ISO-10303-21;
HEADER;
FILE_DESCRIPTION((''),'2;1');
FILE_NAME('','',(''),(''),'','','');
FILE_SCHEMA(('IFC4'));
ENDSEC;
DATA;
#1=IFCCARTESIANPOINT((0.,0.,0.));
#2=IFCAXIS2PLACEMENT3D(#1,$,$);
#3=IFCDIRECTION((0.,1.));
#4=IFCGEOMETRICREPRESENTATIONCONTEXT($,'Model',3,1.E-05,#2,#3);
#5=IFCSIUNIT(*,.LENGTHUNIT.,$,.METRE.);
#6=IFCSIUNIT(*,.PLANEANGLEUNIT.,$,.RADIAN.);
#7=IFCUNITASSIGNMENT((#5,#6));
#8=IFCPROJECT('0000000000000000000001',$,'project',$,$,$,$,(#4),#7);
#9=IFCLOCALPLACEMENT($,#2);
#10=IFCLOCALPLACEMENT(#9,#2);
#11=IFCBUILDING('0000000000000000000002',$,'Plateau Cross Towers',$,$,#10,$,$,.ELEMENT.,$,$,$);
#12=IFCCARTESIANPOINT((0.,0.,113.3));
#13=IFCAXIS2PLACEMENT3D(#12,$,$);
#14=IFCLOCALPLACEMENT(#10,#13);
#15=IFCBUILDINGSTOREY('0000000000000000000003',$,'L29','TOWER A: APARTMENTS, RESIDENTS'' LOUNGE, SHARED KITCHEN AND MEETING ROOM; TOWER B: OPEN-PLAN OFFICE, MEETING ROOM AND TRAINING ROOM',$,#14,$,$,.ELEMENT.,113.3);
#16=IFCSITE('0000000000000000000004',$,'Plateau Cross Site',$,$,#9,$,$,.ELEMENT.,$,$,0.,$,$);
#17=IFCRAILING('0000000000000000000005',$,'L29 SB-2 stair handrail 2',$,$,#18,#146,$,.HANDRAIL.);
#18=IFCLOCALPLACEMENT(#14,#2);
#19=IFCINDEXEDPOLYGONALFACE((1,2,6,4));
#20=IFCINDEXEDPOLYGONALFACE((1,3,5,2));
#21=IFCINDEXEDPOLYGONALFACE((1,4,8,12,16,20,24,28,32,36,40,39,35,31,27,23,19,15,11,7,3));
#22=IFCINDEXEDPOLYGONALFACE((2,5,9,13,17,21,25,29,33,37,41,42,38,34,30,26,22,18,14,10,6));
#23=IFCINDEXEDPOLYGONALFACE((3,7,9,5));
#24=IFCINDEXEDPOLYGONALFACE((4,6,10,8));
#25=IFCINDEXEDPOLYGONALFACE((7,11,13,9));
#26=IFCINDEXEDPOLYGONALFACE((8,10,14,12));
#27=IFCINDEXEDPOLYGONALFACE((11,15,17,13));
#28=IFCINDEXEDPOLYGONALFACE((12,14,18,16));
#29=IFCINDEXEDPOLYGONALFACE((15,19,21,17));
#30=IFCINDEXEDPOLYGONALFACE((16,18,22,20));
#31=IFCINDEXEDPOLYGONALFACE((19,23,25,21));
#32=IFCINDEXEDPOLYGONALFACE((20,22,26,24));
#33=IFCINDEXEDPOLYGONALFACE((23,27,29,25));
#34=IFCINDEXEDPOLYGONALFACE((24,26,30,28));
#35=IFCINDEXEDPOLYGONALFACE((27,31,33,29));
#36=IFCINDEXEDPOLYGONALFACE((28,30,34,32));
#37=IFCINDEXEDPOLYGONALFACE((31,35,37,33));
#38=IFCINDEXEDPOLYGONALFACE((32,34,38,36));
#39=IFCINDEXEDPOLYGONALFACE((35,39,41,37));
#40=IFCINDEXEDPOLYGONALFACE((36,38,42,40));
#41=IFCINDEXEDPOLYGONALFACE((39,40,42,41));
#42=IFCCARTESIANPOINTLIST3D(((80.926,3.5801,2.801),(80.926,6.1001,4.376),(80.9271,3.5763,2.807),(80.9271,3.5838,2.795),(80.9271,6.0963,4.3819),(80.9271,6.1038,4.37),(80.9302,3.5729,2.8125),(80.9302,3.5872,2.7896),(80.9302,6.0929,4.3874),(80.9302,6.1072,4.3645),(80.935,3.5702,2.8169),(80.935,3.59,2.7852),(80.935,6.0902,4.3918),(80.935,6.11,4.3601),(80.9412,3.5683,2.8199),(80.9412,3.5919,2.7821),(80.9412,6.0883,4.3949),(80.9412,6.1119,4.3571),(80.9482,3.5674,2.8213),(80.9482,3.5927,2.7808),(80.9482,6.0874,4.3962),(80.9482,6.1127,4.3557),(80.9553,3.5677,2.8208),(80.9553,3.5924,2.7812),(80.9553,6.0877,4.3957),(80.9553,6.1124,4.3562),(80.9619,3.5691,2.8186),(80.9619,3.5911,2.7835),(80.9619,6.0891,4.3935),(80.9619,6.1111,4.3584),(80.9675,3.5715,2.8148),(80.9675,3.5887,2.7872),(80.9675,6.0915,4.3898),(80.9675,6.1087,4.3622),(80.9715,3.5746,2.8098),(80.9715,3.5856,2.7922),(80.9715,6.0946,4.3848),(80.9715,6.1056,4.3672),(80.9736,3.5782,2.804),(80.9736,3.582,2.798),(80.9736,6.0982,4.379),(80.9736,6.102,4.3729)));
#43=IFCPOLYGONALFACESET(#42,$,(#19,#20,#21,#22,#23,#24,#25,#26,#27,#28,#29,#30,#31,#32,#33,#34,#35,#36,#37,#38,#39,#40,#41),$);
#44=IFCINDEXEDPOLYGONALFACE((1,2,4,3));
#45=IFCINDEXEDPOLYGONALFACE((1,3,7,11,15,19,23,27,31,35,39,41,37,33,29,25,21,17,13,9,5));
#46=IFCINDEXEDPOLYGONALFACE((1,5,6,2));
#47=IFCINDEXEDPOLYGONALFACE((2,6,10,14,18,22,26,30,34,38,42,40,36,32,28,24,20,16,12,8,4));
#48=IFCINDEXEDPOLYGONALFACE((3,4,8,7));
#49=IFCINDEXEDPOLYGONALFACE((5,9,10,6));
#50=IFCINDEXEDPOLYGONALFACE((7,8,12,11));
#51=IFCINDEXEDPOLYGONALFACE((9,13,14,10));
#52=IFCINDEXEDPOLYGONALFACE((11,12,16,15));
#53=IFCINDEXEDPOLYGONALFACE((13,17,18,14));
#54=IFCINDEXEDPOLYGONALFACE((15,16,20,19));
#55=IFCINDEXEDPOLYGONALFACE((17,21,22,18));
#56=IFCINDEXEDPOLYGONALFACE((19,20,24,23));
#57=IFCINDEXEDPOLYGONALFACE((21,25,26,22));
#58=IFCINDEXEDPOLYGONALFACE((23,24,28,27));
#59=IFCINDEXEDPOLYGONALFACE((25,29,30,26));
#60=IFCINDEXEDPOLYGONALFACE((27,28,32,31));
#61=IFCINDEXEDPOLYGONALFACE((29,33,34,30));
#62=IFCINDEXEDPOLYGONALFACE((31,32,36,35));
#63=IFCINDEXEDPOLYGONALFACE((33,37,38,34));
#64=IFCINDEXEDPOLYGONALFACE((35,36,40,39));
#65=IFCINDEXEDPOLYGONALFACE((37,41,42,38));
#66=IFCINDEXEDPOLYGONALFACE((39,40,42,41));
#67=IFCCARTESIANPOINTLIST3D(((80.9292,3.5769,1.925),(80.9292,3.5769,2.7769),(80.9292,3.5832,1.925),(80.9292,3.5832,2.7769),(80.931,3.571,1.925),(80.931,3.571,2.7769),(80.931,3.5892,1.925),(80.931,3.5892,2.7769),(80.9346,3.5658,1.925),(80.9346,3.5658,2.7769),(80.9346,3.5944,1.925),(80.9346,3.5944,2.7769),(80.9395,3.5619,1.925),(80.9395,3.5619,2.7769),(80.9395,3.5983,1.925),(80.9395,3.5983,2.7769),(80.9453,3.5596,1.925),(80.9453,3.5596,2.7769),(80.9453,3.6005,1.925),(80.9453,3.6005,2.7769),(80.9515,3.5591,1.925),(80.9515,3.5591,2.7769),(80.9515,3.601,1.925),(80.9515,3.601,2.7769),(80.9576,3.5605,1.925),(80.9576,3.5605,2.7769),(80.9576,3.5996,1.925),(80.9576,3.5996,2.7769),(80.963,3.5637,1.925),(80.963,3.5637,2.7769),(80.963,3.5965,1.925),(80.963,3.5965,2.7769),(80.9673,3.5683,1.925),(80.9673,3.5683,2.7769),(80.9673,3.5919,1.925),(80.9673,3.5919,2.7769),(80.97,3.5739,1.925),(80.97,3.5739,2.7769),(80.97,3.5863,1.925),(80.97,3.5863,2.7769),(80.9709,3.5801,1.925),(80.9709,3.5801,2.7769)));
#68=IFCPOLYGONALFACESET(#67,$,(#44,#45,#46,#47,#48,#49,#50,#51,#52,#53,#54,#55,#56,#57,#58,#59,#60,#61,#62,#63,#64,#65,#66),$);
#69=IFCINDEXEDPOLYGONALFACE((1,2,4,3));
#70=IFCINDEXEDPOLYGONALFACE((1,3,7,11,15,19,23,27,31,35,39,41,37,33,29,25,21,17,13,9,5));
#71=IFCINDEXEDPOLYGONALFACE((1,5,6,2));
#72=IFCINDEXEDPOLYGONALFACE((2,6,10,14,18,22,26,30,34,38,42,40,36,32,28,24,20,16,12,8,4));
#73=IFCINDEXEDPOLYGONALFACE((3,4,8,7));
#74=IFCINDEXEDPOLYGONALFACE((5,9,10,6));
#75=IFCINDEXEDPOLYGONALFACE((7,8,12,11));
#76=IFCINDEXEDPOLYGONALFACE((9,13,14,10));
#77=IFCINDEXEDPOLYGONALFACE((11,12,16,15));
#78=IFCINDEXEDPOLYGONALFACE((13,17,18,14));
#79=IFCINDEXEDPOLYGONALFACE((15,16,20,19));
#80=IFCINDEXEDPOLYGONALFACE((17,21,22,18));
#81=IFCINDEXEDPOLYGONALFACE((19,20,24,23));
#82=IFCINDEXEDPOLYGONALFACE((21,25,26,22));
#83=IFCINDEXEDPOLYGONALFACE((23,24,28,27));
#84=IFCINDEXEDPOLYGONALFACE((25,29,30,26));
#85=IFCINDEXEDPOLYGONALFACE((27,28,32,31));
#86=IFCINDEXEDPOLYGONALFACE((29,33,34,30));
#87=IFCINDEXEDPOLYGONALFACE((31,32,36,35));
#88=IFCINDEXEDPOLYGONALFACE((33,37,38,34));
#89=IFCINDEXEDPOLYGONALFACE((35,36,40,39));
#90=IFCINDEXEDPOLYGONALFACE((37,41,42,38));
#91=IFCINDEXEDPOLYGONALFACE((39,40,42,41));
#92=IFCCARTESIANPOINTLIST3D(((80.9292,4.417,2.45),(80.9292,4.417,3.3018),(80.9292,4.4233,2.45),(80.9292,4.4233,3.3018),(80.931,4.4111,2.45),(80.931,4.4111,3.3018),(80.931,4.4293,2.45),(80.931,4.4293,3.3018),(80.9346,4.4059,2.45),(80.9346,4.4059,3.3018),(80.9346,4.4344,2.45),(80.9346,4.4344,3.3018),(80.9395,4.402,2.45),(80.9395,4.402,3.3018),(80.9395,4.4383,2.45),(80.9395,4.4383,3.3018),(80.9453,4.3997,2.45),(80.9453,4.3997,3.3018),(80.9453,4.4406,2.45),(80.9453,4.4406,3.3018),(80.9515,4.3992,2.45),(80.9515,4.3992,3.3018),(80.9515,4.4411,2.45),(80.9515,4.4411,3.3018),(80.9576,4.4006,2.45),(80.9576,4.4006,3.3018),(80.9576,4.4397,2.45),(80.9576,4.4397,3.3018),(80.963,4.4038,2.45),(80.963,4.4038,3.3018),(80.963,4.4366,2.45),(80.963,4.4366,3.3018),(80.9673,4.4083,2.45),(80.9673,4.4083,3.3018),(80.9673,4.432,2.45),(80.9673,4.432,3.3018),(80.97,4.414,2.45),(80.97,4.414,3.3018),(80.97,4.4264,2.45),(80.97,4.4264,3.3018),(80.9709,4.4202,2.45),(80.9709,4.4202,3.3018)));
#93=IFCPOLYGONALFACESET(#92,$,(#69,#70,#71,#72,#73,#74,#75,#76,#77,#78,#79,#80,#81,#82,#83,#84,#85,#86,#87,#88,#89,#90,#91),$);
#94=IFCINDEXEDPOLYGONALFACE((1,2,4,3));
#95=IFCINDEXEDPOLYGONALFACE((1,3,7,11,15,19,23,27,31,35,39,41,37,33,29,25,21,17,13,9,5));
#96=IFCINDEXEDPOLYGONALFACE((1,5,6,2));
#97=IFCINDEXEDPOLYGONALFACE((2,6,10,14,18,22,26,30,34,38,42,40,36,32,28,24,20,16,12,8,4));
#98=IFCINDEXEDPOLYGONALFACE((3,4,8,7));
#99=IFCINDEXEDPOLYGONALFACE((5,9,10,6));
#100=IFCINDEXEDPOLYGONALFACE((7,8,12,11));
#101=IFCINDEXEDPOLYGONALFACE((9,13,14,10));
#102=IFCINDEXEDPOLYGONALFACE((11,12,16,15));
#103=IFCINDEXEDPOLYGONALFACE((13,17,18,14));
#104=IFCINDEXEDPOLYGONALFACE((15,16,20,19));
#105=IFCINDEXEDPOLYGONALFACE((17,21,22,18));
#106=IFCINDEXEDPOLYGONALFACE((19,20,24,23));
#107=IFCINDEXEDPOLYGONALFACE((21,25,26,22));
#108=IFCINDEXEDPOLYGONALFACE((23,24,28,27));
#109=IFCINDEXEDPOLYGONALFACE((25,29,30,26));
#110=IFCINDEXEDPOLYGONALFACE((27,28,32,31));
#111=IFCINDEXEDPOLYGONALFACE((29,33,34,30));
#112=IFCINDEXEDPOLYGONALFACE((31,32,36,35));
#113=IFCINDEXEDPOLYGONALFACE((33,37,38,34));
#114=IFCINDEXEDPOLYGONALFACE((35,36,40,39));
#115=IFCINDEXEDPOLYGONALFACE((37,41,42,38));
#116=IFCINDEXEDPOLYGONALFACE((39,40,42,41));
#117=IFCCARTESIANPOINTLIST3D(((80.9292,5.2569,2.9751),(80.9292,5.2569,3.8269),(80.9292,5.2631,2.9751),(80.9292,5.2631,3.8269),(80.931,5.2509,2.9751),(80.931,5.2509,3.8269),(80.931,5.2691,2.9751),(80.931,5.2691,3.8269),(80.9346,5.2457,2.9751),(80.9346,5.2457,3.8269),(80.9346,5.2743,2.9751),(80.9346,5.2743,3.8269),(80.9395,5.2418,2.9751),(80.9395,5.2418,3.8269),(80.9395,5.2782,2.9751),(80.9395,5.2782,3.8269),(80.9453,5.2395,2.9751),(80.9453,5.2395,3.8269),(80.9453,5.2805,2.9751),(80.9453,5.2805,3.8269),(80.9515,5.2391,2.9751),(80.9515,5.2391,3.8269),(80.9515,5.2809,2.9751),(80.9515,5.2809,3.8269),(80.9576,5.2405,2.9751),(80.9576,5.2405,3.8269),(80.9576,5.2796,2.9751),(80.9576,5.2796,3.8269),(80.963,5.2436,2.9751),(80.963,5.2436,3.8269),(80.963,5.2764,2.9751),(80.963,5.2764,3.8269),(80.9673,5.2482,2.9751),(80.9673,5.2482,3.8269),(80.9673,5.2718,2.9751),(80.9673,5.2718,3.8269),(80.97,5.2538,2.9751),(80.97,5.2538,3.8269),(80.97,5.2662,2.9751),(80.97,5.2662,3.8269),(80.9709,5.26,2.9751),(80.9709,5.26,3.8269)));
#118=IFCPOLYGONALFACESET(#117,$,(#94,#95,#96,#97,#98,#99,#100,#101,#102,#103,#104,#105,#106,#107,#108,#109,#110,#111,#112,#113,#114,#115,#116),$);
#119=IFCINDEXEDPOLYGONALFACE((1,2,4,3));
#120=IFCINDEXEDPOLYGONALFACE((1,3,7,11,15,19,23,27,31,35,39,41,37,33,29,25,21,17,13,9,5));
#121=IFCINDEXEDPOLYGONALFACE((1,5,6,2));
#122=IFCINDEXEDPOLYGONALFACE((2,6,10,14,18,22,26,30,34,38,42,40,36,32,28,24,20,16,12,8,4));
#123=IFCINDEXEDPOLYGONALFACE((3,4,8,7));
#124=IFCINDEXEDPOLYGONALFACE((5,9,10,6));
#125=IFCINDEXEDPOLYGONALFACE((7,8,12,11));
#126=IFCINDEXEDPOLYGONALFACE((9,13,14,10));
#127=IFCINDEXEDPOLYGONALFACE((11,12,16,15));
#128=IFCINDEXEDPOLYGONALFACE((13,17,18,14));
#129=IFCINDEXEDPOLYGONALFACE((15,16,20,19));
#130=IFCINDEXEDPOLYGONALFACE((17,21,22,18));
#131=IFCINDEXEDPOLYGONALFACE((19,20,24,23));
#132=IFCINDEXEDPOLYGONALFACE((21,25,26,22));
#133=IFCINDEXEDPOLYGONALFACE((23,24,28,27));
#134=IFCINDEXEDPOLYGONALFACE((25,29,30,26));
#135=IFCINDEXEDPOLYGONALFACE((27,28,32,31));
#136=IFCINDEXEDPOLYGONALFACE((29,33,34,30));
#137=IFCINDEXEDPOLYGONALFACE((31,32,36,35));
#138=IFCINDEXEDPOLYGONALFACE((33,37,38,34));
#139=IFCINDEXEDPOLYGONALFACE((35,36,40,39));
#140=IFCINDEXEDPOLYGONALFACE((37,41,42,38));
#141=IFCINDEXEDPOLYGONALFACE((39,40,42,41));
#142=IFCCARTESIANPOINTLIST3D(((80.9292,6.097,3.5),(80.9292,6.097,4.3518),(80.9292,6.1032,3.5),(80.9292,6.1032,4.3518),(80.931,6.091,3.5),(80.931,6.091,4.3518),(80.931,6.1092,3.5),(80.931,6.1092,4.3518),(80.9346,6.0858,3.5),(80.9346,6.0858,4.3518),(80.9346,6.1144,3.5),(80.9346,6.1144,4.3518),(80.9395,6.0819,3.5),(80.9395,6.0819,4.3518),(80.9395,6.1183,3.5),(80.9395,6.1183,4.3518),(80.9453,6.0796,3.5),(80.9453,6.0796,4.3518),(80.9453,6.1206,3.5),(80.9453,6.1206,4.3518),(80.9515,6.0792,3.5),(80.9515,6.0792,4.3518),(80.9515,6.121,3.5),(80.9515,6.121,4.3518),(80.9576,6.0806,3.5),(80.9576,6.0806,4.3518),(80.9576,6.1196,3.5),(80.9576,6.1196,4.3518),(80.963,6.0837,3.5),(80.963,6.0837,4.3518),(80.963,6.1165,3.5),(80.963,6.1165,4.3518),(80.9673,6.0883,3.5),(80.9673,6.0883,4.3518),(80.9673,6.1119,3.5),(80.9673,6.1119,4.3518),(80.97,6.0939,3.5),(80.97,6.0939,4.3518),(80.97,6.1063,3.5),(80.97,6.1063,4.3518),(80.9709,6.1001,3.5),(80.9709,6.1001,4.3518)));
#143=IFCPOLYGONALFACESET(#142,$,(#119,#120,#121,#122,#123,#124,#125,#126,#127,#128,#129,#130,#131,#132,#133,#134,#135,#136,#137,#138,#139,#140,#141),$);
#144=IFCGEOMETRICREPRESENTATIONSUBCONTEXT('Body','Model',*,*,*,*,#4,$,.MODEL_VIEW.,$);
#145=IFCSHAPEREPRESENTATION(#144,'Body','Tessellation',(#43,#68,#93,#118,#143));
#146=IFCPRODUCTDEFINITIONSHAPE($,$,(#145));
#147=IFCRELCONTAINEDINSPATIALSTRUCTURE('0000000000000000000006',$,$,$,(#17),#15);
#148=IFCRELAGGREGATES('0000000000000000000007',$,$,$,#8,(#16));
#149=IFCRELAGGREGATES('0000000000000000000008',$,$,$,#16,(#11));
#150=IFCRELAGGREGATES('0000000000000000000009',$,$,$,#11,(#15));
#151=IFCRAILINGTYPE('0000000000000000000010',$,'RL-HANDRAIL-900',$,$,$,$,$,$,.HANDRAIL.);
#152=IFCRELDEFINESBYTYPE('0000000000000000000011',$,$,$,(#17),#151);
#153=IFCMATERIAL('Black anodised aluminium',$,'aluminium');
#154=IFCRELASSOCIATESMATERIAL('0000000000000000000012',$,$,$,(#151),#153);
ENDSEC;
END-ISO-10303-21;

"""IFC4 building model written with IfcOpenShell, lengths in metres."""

from ifc_helpers import new_model, si_unit, direction, frame, origin, origin_2d, place, context, subcontext, project, spatial, circle, extrude, material, type_object, element, save


model = new_model("IFC4")

# Units and contexts
model_context = context("Model", 3, precision=1e-05, world=origin(), true_north=direction((0.0, 1.0)))
body_context = subcontext(model_context, "Body", "Model", "MODEL_VIEW")
ifc_project = project(units=[si_unit("LENGTHUNIT", "METRE"), si_unit("PLANEANGLEUNIT", "RADIAN")], contexts=[model_context])

# Site, building, storey
site_placement = place(None, origin())
site = spatial("IfcSite", under=ifc_project, at=site_placement, Name="Plateau Cross Site", CompositionType="ELEMENT", RefElevation=0.0)
building_placement = place(site_placement, origin())
building = spatial("IfcBuilding", under=site, at=building_placement, Name="Plateau Cross Towers", CompositionType="ELEMENT")
storey_placement = place(building_placement, frame((0.0, 0.0, 113.3)))
storey = spatial("IfcBuildingStorey", under=building, at=storey_placement, Name="L29", Description="TOWER A: APARTMENTS, RESIDENTS' LOUNGE, SHARED KITCHEN AND MEETING ROOM; TOWER B: OPEN-PLAN OFFICE, MEETING ROOM AND TRAINING ROOM", CompositionType="ELEMENT", Elevation=113.3)

# Shared definitions
ifc_material_1 = material(Name="Black anodised aluminium", Category="aluminium")

# Railing
railing_type = type_object("IfcRailingType", Name="RL-HANDRAIL-900", PredefinedType="HANDRAIL", material=ifc_material_1)
railing_placement = place(storey_placement, frame((80.95, 3.5801, 1.925)))
element("IfcRailing", 1, at=railing_placement, inside=storey, type_object=railing_type, Name="L29 SB-2 stair handrail 2", PredefinedType="HANDRAIL", context=body_context, shape_type="SweptSolid", body=[
    extrude(circle(Radius=0.0239, at=origin_2d()), frame((0.0, 0.0, 0.876), z_axis=(0.0, 0.848008, 0.529984), x_axis=(-1.0, 0.0, 0.0)), (0.0, 0.0, 1.0), 2.9717),
    extrude(circle(Radius=0.021, at=origin_2d()), origin(), (0.0, 0.0, 1.0), 0.8518),
    extrude(circle(Radius=0.021, at=origin_2d()), frame((0.0, 0.8401, 0.5249)), (0.0, 0.0, 1.0), 0.8518),
    extrude(circle(Radius=0.021, at=origin_2d()), frame((0.0, 1.6799, 1.05)), (0.0, 0.0, 1.0), 0.8518),
    extrude(circle(Radius=0.021, at=origin_2d()), frame((0.0, 2.52, 1.575)), (0.0, 0.0, 1.0), 0.8518),
])

save(model, "model.ifc")
